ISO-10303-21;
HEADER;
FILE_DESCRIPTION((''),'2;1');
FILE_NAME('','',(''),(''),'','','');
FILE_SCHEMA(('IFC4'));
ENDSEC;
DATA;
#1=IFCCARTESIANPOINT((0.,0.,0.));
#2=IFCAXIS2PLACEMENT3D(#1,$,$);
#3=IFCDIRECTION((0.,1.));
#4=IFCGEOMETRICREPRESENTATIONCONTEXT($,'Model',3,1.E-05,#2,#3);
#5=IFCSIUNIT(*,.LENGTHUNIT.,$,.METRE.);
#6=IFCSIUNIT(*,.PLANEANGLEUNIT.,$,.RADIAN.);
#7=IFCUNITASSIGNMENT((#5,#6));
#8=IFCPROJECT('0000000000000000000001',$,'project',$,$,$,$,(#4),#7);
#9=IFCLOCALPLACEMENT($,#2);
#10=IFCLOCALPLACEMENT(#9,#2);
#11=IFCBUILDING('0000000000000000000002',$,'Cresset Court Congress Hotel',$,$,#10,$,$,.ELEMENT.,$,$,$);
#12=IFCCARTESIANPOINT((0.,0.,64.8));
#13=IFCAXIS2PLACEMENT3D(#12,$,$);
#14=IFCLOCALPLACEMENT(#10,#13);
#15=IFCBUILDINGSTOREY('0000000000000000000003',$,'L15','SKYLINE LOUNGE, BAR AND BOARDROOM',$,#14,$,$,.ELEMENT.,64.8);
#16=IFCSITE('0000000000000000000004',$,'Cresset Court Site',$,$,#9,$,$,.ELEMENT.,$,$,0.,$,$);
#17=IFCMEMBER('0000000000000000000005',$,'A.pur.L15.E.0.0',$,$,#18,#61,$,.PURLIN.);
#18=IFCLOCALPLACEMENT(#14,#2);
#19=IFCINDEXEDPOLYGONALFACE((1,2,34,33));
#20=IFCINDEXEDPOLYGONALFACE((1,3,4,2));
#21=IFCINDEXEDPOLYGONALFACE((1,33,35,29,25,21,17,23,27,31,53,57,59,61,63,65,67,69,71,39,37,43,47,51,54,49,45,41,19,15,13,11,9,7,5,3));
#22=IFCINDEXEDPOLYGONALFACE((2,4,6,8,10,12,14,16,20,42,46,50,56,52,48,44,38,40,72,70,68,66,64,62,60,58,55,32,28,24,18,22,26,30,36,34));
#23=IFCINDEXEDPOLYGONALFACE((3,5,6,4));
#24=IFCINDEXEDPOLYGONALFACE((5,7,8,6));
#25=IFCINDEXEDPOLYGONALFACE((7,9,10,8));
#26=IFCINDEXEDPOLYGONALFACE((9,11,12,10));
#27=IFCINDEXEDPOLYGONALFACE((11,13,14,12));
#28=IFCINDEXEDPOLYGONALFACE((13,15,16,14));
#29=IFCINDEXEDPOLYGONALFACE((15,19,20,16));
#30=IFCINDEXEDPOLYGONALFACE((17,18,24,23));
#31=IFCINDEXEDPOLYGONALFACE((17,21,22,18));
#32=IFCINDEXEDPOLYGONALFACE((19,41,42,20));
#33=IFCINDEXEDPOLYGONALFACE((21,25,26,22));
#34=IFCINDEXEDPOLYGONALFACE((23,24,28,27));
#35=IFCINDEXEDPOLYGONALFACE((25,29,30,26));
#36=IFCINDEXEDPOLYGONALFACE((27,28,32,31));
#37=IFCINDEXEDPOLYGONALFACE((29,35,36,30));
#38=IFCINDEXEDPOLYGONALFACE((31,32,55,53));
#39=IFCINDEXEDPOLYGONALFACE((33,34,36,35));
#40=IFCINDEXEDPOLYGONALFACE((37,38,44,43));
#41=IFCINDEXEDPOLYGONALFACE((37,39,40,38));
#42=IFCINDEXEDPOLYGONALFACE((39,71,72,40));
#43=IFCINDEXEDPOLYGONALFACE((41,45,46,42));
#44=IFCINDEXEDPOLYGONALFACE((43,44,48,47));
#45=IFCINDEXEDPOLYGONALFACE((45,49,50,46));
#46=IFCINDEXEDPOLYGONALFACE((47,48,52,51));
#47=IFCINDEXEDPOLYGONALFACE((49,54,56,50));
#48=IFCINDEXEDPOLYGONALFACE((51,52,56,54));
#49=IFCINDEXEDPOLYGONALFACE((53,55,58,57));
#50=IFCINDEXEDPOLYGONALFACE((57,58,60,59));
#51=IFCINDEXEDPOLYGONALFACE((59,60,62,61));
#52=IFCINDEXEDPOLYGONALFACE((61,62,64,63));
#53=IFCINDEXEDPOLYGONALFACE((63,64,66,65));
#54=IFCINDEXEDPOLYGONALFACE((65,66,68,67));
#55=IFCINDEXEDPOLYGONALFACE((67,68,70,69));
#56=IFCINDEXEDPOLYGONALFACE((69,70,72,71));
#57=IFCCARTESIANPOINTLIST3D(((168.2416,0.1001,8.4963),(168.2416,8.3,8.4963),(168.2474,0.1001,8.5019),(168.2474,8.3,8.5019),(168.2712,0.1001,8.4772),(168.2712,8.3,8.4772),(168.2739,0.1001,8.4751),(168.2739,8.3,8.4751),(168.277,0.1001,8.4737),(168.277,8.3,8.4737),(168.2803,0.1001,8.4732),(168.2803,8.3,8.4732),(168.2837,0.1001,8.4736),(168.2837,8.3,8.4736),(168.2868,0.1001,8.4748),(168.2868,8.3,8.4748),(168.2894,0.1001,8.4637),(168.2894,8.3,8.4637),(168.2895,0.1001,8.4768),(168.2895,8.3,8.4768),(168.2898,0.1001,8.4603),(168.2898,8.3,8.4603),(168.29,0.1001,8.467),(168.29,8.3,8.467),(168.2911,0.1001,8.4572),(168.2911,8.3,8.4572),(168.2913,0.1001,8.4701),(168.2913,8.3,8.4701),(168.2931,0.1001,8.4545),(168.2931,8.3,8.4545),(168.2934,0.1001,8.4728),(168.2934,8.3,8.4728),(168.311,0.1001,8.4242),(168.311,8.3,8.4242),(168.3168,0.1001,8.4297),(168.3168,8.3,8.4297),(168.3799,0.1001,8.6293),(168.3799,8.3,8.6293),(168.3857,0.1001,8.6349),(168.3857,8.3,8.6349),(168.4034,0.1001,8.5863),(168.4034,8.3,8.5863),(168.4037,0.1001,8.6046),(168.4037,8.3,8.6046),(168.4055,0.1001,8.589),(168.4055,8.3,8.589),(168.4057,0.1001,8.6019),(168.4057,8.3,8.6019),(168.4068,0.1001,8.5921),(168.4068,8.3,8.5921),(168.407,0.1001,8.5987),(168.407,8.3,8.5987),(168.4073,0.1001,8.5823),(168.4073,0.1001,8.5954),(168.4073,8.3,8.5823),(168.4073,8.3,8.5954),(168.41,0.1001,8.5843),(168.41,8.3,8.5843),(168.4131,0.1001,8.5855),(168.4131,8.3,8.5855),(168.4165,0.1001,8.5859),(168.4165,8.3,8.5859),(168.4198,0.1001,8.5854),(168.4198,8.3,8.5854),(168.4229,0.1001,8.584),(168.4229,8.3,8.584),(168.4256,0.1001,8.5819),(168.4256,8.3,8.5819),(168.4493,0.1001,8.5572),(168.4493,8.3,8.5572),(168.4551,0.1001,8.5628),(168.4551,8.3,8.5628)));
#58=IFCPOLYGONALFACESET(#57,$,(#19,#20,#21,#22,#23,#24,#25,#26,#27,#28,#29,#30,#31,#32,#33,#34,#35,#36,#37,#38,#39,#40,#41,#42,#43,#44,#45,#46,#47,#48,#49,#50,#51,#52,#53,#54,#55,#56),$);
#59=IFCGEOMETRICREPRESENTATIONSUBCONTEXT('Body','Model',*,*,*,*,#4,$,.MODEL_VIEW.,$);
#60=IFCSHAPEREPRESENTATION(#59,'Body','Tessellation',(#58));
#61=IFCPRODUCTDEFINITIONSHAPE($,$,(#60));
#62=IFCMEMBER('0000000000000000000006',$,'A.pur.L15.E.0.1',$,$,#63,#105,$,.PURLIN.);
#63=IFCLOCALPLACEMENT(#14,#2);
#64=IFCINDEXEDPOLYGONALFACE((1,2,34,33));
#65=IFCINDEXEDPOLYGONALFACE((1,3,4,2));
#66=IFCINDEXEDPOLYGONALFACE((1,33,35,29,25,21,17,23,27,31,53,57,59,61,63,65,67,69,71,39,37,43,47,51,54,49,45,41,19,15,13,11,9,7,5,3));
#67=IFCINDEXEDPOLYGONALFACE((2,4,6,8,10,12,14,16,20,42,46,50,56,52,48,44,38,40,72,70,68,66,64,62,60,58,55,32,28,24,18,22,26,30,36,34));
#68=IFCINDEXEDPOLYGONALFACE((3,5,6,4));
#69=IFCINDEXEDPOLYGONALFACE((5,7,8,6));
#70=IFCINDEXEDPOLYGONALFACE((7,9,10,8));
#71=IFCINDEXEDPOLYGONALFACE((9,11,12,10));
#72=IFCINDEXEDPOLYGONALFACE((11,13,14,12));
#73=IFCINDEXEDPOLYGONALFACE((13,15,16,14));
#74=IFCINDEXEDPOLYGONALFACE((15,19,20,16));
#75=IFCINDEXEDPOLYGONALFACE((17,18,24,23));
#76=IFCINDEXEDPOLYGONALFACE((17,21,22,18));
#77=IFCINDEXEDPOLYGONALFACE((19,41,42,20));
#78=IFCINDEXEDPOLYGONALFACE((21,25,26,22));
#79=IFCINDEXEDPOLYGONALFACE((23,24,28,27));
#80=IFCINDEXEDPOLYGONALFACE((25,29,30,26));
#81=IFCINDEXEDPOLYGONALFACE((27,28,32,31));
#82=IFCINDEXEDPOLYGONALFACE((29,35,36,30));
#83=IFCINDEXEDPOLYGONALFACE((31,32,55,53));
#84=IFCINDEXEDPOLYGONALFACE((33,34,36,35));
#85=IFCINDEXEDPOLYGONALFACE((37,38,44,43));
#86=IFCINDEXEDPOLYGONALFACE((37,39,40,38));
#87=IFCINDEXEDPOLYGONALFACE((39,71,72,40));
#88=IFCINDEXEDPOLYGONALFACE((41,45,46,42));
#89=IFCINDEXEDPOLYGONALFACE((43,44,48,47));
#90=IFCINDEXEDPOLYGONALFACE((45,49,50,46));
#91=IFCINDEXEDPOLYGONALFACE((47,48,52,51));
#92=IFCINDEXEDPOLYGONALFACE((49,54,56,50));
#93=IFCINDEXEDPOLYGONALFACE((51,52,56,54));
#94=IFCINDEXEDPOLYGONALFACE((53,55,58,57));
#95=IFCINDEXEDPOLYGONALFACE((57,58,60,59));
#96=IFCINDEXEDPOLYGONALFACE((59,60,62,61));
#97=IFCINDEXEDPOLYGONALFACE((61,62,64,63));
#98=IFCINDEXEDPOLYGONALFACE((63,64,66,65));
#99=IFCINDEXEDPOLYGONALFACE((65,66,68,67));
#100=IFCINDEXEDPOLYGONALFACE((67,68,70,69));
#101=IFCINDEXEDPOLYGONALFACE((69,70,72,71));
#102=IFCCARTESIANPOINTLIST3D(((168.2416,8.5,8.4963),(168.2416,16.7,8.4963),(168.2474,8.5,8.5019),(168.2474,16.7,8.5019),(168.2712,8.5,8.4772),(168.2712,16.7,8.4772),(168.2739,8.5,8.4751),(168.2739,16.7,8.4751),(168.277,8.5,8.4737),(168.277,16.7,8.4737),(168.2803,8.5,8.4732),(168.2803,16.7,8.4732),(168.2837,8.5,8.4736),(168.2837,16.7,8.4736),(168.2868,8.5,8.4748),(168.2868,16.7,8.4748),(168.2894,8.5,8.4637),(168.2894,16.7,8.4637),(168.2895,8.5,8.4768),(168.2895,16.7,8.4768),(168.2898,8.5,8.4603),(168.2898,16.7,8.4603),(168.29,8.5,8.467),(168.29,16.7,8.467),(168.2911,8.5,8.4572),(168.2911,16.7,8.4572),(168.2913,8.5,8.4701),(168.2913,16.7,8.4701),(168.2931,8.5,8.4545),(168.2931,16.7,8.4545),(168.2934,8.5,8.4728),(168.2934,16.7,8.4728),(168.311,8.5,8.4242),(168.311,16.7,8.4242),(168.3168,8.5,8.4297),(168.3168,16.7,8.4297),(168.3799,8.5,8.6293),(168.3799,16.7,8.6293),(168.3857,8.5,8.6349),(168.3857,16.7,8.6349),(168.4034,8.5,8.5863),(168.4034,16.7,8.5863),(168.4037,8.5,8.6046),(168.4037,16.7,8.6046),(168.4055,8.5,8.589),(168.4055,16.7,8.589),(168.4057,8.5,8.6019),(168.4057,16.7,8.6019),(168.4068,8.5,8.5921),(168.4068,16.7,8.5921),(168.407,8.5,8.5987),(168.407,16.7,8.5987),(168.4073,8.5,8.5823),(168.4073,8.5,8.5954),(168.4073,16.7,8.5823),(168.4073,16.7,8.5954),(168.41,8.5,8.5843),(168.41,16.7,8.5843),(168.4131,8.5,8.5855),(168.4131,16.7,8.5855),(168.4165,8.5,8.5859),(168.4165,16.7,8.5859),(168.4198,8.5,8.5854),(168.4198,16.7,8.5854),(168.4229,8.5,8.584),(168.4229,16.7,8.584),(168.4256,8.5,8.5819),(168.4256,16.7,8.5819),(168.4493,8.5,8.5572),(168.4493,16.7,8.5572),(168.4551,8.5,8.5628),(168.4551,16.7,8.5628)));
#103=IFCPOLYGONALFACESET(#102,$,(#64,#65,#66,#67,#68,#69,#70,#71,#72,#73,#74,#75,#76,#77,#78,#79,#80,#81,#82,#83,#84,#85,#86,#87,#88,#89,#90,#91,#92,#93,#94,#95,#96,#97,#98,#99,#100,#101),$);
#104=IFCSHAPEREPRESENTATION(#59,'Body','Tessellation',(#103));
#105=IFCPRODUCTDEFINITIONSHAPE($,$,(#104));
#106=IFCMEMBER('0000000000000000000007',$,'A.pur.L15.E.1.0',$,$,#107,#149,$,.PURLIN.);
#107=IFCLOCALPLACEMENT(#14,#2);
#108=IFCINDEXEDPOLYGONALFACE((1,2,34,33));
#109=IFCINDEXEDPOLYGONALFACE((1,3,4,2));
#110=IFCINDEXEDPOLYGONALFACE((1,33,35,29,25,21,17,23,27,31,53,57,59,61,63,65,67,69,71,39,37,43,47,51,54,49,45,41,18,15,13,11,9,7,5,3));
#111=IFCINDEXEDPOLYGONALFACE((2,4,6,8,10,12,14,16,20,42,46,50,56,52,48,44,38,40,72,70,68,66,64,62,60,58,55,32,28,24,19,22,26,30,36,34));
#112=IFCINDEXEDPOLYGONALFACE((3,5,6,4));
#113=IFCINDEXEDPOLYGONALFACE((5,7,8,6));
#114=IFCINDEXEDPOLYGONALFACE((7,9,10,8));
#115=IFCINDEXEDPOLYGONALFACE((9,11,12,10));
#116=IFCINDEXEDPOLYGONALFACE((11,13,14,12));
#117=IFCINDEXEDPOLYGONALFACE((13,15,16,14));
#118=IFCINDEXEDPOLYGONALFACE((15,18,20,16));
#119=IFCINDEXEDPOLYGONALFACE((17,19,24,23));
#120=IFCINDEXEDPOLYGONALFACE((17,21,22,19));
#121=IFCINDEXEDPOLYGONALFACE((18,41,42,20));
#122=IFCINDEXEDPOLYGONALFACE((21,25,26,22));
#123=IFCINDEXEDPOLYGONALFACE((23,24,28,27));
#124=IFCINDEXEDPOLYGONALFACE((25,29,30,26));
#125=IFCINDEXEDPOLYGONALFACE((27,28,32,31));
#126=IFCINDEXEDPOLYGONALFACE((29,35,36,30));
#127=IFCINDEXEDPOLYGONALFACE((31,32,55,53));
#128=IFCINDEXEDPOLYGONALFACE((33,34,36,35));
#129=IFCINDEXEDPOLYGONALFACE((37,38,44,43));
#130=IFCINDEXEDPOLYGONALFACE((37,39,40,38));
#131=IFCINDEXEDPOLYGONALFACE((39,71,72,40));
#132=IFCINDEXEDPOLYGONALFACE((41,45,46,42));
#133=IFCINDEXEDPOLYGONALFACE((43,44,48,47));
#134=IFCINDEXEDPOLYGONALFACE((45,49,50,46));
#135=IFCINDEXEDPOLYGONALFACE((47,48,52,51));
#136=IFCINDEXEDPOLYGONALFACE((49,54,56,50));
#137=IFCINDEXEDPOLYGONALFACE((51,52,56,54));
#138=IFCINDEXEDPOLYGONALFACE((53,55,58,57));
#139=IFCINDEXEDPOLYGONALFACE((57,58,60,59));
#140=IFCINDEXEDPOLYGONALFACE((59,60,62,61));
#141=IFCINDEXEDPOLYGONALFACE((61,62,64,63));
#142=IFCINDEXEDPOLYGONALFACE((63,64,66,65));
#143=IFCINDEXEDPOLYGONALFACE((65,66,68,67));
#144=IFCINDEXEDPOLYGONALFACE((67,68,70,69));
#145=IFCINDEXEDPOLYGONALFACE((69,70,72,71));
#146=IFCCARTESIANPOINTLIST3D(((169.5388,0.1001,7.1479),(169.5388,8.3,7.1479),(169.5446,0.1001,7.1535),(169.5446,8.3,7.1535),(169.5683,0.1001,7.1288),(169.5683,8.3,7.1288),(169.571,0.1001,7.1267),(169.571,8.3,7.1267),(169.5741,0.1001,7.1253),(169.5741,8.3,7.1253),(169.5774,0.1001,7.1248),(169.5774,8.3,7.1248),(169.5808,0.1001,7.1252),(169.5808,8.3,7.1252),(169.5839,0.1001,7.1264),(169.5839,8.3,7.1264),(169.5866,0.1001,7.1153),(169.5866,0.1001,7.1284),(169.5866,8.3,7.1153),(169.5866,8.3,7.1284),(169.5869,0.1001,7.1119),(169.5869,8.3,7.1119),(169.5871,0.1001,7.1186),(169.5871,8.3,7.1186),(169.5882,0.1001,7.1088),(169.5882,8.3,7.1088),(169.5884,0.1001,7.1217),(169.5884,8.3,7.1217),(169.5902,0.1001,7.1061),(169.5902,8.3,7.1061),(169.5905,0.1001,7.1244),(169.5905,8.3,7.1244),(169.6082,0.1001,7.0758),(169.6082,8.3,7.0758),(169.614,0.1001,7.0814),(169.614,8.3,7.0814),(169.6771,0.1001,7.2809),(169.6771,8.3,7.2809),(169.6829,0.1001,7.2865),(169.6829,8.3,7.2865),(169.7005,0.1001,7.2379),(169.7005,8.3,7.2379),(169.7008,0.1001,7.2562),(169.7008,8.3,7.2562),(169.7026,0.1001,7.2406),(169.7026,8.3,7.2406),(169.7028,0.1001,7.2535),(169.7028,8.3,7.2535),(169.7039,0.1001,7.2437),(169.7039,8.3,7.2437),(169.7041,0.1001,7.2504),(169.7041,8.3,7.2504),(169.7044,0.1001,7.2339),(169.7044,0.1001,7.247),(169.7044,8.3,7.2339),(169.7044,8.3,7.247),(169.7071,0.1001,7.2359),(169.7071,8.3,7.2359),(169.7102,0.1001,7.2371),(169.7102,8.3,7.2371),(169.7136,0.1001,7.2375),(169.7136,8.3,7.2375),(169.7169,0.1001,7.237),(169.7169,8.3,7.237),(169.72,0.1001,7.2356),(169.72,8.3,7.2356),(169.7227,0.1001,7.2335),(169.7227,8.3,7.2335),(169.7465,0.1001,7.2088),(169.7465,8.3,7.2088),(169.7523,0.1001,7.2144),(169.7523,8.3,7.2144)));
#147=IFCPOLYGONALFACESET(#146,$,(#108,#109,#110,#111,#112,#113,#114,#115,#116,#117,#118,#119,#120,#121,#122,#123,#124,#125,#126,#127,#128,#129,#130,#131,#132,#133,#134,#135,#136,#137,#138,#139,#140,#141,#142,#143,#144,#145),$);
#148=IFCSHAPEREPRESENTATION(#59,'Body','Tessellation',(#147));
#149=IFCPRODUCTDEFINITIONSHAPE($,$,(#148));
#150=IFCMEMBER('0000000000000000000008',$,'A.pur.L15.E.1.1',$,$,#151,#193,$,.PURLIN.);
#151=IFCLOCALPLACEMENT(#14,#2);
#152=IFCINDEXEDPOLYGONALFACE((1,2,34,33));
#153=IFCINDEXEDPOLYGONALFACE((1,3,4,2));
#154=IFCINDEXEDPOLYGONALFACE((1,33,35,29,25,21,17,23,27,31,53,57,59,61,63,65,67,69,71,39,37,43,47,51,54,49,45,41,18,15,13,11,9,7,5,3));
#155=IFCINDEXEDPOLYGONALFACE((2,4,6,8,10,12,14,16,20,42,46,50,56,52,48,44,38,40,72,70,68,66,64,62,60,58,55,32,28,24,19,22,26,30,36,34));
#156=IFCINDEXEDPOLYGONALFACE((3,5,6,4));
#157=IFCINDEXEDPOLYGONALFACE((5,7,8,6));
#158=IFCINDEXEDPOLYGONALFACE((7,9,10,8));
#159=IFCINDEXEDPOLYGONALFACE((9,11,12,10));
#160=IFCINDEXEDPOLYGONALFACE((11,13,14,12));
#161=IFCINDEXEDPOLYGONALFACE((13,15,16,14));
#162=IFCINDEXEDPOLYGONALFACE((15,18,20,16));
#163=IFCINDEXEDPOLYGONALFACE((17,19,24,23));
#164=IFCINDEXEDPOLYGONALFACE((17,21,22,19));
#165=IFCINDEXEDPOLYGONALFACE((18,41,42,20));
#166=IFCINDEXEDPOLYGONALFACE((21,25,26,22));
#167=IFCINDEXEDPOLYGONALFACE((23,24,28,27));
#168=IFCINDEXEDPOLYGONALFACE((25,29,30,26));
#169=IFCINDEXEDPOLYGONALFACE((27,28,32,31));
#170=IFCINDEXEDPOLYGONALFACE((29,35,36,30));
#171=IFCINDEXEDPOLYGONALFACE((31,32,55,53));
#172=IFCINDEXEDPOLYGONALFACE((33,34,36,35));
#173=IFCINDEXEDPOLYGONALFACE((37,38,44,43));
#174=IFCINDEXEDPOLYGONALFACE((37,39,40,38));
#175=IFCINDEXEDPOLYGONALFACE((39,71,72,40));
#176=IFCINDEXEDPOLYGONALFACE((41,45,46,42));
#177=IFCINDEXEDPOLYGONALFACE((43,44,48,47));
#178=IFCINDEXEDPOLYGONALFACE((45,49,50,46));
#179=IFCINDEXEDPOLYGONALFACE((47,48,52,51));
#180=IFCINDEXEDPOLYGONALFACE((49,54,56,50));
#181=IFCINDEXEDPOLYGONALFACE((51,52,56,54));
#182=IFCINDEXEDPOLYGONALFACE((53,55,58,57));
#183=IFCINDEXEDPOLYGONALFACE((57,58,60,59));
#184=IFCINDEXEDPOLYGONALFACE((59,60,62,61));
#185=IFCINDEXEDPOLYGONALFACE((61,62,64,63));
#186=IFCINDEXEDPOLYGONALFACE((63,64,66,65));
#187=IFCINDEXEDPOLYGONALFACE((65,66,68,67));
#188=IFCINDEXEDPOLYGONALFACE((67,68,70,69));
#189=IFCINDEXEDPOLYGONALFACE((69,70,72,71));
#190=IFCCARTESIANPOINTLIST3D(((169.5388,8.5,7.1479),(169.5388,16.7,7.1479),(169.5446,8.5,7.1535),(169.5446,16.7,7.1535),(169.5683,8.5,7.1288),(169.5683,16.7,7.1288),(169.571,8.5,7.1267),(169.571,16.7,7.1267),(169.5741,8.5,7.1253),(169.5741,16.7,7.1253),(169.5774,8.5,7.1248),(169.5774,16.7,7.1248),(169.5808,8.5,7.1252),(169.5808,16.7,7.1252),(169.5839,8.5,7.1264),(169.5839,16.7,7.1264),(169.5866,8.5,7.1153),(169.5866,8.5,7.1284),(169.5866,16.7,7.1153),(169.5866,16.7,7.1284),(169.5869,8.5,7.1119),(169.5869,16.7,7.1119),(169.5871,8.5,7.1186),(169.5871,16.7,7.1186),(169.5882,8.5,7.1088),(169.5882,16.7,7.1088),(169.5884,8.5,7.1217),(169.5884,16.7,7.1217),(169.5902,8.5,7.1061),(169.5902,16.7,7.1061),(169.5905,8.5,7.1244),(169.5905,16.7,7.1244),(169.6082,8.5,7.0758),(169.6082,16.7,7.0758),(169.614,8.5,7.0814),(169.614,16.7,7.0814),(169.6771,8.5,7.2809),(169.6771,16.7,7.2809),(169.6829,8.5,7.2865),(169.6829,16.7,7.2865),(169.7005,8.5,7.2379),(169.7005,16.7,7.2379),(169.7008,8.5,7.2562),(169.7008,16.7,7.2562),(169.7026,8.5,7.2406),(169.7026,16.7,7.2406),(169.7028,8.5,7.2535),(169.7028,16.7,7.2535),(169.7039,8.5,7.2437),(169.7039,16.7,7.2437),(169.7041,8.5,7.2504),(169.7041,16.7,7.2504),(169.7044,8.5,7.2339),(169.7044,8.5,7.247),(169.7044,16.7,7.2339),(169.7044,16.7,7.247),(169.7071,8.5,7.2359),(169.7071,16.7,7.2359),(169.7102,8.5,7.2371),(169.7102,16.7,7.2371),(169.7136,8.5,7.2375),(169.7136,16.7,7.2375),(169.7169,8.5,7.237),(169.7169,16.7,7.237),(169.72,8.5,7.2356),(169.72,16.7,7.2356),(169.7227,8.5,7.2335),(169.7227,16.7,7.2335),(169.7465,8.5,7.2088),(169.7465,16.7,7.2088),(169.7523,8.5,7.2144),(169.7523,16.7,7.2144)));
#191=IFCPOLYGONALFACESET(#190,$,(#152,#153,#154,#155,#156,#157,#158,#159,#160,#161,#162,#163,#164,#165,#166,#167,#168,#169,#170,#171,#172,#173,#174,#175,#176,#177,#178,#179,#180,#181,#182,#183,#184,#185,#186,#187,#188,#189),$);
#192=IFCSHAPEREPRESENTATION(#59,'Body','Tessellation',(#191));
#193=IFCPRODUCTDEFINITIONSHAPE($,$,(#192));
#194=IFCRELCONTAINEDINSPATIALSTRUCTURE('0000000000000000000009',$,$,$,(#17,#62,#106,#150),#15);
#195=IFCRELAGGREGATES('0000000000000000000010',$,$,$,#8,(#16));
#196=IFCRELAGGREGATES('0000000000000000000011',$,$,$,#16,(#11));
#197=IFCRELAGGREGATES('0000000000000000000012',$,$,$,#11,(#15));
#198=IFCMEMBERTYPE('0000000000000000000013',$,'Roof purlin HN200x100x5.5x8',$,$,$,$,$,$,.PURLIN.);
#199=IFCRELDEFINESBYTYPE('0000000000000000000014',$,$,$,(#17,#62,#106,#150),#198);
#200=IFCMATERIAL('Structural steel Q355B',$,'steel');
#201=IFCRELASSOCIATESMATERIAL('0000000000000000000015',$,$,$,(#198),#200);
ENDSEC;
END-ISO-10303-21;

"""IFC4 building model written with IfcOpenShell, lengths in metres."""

from ifc_helpers import new_model, si_unit, direction, frame, origin, origin_2d, place, context, subcontext, project, spatial, i_section, extrude, material, material_profile, profile_set, type_object, element, save


model = new_model("IFC4")

# Units and contexts
model_context = context("Model", 3, precision=1e-05, world=origin(), true_north=direction((0.0, 1.0)))
body_context = subcontext(model_context, "Body", "Model", "MODEL_VIEW")
ifc_project = project(units=[si_unit("LENGTHUNIT", "METRE"), si_unit("PLANEANGLEUNIT", "RADIAN")], contexts=[model_context])

# Site, building, storey
site_placement = place(None, origin())
site = spatial("IfcSite", under=ifc_project, at=site_placement, Name="Cresset Court Site", CompositionType="ELEMENT", RefElevation=0.0)
building_placement = place(site_placement, origin())
building = spatial("IfcBuilding", under=site, at=building_placement, Name="Cresset Court Congress Hotel", CompositionType="ELEMENT")
storey_placement = place(building_placement, frame((0.0, 0.0, 64.8)))
storey = spatial("IfcBuildingStorey", under=building, at=storey_placement, Name="L15", Description="SKYLINE LOUNGE, BAR AND BOARDROOM", CompositionType="ELEMENT", Elevation=64.8)

# Members
ifc_material_1 = material(Name="Structural steel Q355B", Category="steel")
ifc_material_profile_1 = material_profile(ifc_material_1, i_section(OverallWidth=0.1001, OverallDepth=0.2, WebThickness=0.0056, FlangeThickness=0.0081, FilletRadius=0.0129, at=origin_2d()), Name="HN200x100x5.5x8")
ifc_profile_set_1 = profile_set([ifc_material_profile_1], Name="Structural steel Q355B")
member_type_1 = type_object("IfcMemberType", Name="Roof purlin HN200x100x5.5x8", PredefinedType="PURLIN", material=ifc_profile_set_1)
for number, where, z_axis, x_axis, name in (
    (1, (168.3484, 0.1001, 8.5295), (0.0, 1.0, 0.0), (-0.693246, 0.0, 0.720701), "A.pur.L15.E.0.0"),
    (2, (168.3484, 8.5, 8.5295), (0.0, 1.0, 0.0), (-0.693246, 0.0, 0.720701), "A.pur.L15.E.0.1"),
    (3, (169.6455, 0.1001, 7.1812), (0.0, 1.0, 0.0), (-0.693246, 0.0, 0.720701), "A.pur.L15.E.1.0"),
    (4, (169.6455, 8.5, 7.1812), (0.0, 1.0, 0.0), (-0.693246, 0.0, 0.720701), "A.pur.L15.E.1.1"),
):
    element("IfcMember", number, at=place(storey_placement, frame(where, z_axis=z_axis, x_axis=x_axis)), inside=storey, type_object=member_type_1, Name=name, PredefinedType="PURLIN", context=body_context, shape_type="SweptSolid", body=[
        extrude(i_section(OverallWidth=0.1001, OverallDepth=0.2, WebThickness=0.0056, FlangeThickness=0.0081, FilletRadius=0.0129, at=origin_2d()), origin(), (0.0, 0.0, 1.0), 8.2),
    ])

save(model, "model.ifc")
